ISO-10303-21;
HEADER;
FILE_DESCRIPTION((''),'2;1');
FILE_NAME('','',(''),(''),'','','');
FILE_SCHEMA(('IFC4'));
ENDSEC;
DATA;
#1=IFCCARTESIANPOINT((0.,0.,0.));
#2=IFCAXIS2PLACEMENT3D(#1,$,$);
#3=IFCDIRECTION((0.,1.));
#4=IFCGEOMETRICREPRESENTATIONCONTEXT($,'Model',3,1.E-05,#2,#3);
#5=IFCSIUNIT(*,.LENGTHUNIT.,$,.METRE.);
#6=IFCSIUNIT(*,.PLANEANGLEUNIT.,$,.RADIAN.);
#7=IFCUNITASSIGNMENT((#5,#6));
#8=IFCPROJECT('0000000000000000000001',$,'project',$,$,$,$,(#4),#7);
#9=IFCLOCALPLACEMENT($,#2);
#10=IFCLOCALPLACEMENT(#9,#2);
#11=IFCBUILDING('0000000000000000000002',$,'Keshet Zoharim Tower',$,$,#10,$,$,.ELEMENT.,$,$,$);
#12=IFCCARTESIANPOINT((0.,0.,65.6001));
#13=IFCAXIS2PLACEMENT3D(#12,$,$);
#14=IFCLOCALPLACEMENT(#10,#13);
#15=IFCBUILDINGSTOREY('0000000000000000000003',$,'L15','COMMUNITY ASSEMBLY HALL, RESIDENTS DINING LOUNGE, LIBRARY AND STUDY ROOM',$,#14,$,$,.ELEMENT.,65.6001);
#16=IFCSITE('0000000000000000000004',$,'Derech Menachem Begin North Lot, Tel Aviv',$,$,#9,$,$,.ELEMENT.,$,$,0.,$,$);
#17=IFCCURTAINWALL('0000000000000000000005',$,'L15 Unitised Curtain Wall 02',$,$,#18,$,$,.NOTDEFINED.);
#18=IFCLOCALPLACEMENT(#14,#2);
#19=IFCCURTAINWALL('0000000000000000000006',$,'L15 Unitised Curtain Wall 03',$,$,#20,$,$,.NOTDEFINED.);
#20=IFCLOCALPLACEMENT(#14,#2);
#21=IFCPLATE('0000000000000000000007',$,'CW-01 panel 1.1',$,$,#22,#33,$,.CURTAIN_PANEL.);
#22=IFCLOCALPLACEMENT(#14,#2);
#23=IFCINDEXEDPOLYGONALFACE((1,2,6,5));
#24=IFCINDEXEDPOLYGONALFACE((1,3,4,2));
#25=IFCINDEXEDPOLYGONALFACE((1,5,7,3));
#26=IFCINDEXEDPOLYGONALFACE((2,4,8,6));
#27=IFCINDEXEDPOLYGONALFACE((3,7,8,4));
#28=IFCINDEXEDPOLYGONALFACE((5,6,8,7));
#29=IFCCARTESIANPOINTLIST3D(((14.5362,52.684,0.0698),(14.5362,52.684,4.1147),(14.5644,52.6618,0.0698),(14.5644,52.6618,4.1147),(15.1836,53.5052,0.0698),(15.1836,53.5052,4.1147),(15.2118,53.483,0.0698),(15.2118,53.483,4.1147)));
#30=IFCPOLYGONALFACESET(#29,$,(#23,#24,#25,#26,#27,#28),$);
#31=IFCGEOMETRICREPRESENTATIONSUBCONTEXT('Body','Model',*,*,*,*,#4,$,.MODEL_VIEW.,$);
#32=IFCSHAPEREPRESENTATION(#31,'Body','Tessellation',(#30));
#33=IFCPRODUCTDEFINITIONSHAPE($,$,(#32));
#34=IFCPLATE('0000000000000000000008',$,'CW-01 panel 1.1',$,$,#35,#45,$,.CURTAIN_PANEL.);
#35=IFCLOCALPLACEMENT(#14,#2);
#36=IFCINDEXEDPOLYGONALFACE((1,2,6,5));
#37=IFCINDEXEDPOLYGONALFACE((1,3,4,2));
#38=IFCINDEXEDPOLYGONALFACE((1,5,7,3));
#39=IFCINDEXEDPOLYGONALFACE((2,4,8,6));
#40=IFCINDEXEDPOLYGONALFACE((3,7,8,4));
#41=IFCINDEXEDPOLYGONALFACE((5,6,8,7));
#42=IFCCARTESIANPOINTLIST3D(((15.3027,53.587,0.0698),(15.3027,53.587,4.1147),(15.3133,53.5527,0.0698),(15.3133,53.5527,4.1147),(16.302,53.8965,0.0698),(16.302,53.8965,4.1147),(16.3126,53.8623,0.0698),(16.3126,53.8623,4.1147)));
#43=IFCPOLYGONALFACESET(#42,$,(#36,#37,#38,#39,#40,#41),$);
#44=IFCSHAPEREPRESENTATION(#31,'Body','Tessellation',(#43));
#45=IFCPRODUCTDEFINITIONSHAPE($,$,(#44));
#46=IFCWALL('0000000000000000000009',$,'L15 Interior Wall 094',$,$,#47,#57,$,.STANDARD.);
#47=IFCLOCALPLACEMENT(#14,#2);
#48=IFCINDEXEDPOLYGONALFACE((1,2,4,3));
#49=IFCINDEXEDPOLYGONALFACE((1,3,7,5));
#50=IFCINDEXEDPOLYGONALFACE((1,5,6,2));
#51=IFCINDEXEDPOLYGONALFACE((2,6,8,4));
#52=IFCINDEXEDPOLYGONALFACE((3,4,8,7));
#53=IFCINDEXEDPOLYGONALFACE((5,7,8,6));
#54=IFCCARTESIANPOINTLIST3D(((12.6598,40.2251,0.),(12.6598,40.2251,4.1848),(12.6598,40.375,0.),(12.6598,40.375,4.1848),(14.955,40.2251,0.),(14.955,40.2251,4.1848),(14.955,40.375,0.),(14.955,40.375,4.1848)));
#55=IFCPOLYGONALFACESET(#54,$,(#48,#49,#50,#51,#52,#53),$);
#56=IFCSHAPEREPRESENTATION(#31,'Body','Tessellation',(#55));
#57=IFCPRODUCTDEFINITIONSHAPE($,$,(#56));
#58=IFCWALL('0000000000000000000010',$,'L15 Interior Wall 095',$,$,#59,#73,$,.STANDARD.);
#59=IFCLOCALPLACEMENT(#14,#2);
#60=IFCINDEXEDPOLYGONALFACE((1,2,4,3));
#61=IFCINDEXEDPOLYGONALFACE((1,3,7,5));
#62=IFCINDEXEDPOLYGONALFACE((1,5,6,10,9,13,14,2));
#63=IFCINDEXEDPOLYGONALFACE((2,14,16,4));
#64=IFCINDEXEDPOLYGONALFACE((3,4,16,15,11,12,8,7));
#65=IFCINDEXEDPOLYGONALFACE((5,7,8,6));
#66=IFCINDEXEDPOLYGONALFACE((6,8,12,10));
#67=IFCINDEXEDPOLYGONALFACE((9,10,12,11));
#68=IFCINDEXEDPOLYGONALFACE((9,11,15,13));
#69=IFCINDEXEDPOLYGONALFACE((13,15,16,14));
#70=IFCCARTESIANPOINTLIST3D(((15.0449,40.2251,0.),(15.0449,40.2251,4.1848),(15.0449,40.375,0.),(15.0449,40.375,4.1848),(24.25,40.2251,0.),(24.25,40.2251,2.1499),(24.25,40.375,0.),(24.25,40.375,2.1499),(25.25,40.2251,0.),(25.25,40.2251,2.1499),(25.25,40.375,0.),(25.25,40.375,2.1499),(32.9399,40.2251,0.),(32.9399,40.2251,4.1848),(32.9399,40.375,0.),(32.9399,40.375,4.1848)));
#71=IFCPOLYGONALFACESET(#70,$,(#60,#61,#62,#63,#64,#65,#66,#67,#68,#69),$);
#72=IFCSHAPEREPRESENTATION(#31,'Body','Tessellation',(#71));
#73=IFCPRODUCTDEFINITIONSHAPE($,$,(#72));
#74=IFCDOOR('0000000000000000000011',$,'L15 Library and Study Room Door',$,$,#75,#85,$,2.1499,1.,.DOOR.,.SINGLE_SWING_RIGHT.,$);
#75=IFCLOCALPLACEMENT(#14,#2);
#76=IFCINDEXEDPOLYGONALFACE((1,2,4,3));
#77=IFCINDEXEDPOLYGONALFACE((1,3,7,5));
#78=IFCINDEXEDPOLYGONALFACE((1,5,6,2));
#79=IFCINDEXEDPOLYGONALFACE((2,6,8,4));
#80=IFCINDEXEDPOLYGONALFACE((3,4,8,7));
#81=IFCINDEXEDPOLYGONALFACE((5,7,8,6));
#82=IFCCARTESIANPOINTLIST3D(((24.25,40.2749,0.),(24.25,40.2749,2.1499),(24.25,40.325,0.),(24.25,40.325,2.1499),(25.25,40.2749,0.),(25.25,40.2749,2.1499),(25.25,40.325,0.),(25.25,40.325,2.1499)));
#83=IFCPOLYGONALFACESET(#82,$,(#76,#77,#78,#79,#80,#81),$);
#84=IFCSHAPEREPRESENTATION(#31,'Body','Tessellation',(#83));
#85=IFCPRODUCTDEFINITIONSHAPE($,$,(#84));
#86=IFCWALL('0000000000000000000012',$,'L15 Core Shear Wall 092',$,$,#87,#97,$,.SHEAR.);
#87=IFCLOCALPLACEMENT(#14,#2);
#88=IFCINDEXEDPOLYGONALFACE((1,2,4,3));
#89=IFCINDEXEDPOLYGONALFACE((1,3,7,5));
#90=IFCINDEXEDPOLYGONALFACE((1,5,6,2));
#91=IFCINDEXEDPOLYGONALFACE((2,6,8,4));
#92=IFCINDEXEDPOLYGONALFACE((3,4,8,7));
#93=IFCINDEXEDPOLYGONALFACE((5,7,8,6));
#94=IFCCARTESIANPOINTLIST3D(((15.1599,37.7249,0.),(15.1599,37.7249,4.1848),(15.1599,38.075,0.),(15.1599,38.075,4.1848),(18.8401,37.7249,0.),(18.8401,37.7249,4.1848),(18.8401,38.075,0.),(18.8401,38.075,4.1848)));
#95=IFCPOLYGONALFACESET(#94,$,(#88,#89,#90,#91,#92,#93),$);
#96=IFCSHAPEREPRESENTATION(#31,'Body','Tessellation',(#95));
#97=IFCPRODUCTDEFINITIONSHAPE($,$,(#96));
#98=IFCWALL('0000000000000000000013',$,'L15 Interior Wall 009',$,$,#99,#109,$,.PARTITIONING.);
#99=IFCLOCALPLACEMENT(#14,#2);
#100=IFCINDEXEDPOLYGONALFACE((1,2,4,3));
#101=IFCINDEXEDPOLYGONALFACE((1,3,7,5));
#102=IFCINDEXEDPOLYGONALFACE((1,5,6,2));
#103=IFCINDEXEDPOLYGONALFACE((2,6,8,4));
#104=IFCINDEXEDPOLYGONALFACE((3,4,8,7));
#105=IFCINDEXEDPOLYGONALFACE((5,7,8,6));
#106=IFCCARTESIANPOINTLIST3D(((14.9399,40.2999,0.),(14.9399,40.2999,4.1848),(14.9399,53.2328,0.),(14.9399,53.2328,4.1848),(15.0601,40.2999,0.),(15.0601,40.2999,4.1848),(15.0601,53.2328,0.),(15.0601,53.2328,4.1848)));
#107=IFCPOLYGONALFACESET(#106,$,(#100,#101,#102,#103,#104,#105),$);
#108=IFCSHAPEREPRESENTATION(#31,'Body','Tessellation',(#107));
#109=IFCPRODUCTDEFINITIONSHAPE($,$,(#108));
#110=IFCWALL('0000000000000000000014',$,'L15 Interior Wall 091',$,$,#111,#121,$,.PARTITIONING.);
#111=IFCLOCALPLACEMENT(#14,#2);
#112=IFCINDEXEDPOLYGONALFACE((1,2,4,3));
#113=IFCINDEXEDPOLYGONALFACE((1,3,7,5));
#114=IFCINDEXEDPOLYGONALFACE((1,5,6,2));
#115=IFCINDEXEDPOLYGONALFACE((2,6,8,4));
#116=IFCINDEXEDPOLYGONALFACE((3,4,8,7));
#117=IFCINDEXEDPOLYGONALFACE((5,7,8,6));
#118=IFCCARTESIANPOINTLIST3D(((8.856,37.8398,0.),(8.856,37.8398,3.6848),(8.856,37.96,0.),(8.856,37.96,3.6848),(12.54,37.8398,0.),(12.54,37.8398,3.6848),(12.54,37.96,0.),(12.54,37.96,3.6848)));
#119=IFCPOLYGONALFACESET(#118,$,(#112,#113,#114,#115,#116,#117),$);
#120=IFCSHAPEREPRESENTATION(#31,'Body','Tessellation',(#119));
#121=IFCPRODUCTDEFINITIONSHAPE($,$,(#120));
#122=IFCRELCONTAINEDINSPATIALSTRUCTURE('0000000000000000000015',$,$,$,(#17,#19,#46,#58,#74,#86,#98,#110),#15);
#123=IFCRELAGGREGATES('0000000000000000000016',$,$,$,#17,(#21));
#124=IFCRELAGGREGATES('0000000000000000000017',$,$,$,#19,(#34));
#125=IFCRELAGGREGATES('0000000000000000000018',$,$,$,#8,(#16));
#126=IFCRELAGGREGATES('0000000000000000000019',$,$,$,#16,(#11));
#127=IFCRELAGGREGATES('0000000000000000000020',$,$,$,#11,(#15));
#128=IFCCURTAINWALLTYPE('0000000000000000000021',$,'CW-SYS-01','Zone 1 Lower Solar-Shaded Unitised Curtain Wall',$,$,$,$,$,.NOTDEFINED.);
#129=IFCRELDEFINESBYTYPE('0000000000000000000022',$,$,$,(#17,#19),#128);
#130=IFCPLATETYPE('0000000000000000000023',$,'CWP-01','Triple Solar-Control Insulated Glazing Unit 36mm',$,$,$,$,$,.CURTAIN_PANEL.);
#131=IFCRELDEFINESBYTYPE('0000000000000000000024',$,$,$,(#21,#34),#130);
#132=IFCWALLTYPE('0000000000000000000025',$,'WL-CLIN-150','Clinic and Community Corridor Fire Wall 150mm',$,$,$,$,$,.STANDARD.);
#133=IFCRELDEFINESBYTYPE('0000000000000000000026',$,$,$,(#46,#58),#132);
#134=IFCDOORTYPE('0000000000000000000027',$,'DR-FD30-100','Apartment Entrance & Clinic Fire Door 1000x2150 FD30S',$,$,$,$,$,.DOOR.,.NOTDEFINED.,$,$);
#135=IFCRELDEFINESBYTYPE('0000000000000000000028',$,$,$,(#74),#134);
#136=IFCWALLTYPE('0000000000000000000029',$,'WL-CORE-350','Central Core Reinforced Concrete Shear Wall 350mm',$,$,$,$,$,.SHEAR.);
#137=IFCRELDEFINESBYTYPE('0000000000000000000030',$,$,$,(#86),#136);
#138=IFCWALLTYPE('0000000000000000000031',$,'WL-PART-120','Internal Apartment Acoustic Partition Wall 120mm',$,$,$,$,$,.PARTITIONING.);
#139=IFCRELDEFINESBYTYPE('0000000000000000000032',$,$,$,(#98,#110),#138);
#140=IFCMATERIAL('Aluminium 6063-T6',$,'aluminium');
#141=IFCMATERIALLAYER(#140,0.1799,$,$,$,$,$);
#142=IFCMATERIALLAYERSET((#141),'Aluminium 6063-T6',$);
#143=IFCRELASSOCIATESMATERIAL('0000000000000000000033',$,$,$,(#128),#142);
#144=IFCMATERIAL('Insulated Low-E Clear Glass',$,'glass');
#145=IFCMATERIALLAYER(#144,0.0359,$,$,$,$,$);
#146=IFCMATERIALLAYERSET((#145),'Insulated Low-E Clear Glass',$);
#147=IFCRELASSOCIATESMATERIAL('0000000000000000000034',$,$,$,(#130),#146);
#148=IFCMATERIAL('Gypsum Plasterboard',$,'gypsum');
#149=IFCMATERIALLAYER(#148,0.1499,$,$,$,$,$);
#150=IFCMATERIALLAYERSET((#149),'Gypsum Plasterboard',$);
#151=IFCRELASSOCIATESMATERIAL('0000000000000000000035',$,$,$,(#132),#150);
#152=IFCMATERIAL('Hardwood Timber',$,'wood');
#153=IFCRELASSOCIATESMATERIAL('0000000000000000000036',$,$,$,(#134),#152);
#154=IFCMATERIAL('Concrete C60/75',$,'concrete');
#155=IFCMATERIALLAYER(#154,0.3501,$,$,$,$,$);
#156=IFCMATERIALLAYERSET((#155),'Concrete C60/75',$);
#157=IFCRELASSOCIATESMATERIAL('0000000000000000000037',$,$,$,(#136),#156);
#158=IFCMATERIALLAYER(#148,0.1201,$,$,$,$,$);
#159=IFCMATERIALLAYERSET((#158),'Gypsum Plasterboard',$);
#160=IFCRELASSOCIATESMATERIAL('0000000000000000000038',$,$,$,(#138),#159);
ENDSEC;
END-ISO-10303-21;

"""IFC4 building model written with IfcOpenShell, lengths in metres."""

from ifc_helpers import new_model, si_unit, direction, frame, frame_2d, origin, origin_2d, place, context, subcontext, project, spatial, rectangle, extrude, material, layer, layer_set, type_object, element, fill, aggregate, save


model = new_model("IFC4")

# Units and contexts
model_context = context("Model", 3, precision=1e-05, world=origin(), true_north=direction((0.0, 1.0)))
body_context = subcontext(model_context, "Body", "Model", "MODEL_VIEW")
ifc_project = project(units=[si_unit("LENGTHUNIT", "METRE"), si_unit("PLANEANGLEUNIT", "RADIAN")], contexts=[model_context])

# Site, building, storey
site_placement = place(None, origin())
site = spatial("IfcSite", under=ifc_project, at=site_placement, Name="Derech Menachem Begin North Lot, Tel Aviv", CompositionType="ELEMENT", RefElevation=0.0)
building_placement = place(site_placement, origin())
building = spatial("IfcBuilding", under=site, at=building_placement, Name="Keshet Zoharim Tower", CompositionType="ELEMENT")
storey_placement = place(building_placement, frame((0.0, 0.0, 65.6001)))
storey = spatial("IfcBuildingStorey", under=building, at=storey_placement, Name="L15", Description="COMMUNITY ASSEMBLY HALL, RESIDENTS DINING LOUNGE, LIBRARY AND STUDY ROOM", CompositionType="ELEMENT", Elevation=65.6001)

# Curtain walls
ifc_material_1 = material(Name="Aluminium 6063-T6", Category="aluminium")
ifc_layer_1 = layer(ifc_material_1, 0.1799)
ifc_layer_set_1 = layer_set([ifc_layer_1], Name="Aluminium 6063-T6")
curtain_wall_type_1 = type_object("IfcCurtainWallType", Name="CW-SYS-01", Description="Zone 1 Lower Solar-Shaded Unitised Curtain Wall", PredefinedType="NOTDEFINED", material=ifc_layer_set_1)
curtain_wall_1_placement = place(storey_placement, origin())
curtain_wall_1 = element("IfcCurtainWall", 1, at=curtain_wall_1_placement, inside=storey, type_object=curtain_wall_type_1, Name="L15 Unitised Curtain Wall 02", PredefinedType="NOTDEFINED")
curtain_wall_2_placement = place(storey_placement, origin())
curtain_wall_2 = element("IfcCurtainWall", 2, at=curtain_wall_2_placement, inside=storey, type_object=curtain_wall_type_1, Name="L15 Unitised Curtain Wall 03", PredefinedType="NOTDEFINED")

# Plates
ifc_material_2 = material(Name="Insulated Low-E Clear Glass", Category="glass")
ifc_layer_2 = layer(ifc_material_2, 0.0359)
ifc_layer_set_2 = layer_set([ifc_layer_2], Name="Insulated Low-E Clear Glass")
plate_type = type_object("IfcPlateType", Name="CWP-01", Description="Triple Solar-Control Insulated Glazing Unit 36mm", PredefinedType="CURTAIN_PANEL", material=ifc_layer_set_2)
plate_1_placement = place(storey_placement, frame((14.874, 53.0835, 0.0698), z_axis=(0.0, 0.0, 1.0), x_axis=(0.619125, 0.785293, 0.0)))
plate_1 = element("IfcPlate", 3, at=plate_1_placement, type_object=plate_type, Name="CW-01 panel 1.1", PredefinedType="CURTAIN_PANEL", context=body_context, shape_type="SweptSolid", body=[
    extrude(rectangle(XDim=1.0457, YDim=0.0359, at=origin_2d()), origin(), (0.0, 0.0, 1.0), 4.0449),
])
aggregate(curtain_wall_1, [plate_1])
plate_2_placement = place(storey_placement, frame((15.8076, 53.7246, 0.0698), z_axis=(0.0, 0.0, 1.0), x_axis=(0.955212, 0.295922, 0.0)))
plate_2 = element("IfcPlate", 4, at=plate_2_placement, type_object=plate_type, Name="CW-01 panel 1.1", PredefinedType="CURTAIN_PANEL", context=body_context, shape_type="SweptSolid", body=[
    extrude(rectangle(XDim=1.0461, YDim=0.0359, at=origin_2d()), origin(), (0.0, 0.0, 1.0), 4.0449),
])
aggregate(curtain_wall_2, [plate_2])

# Shared definitions
ifc_material_3 = material(Name="Gypsum Plasterboard", Category="gypsum")
ifc_layer_3 = layer(ifc_material_3, 0.1499)
ifc_layer_set_3 = layer_set([ifc_layer_3], Name="Gypsum Plasterboard")
wall_type_1 = type_object("IfcWallType", Name="WL-CLIN-150", Description="Clinic and Community Corridor Fire Wall 150mm", PredefinedType="STANDARD", material=ifc_layer_set_3)
ifc_material_4 = material(Name="Hardwood Timber", Category="wood")
door_type = type_object("IfcDoorType", Name="DR-FD30-100", Description="Apartment Entrance & Clinic Fire Door 1000x2150 FD30S", OperationType="NOTDEFINED", PredefinedType="DOOR", material=ifc_material_4)

# Wall
wall_1_placement = place(storey_placement, frame((12.6599, 40.3, 0.0), z_axis=(0.0, 0.0, 1.0), x_axis=(1.0, 0.0, 0.0)))
element("IfcWall", 5, at=wall_1_placement, inside=storey, type_object=wall_type_1, Name="L15 Interior Wall 094", PredefinedType="STANDARD", context=body_context, shape_type="SweptSolid", body=[
    extrude(rectangle(XDim=2.2952, YDim=0.1499, at=frame_2d((1.1475, 0.0))), origin(), (0.0, 0.0, 1.0), 4.1848),
])

# Wall, opening, door
wall_2_placement = place(storey_placement, frame((15.0449, 40.3, 0.0), z_axis=(0.0, 0.0, 1.0), x_axis=(1.0, 0.0, 0.0)))
wall_2 = element("IfcWall", 6, at=wall_2_placement, inside=storey, type_object=wall_type_1, Name="L15 Interior Wall 095", PredefinedType="STANDARD", context=body_context, shape_type="SweptSolid", body=[
    extrude(rectangle(XDim=17.895, YDim=0.1499, at=frame_2d((8.9475, 0.0))), origin(), (0.0, 0.0, 1.0), 4.1848),
])
opening_1_placement = place(wall_2_placement, frame((9.2051, 0.0, 0.0)))
opening_1 = element("IfcOpeningElement", 7, at=opening_1_placement, cuts=wall_2, PredefinedType="OPENING", context=body_context, shape_type="SweptSolid", body=[
    extrude(rectangle(XDim=1.0, YDim=2.1499, at=frame_2d((0.5, 1.075))), frame((0.0, 0.085, 0.0), z_axis=(0.0, -1.0, 0.0), x_axis=(1.0, 0.0, 0.0)), (0.0, 0.0, 1.0), 0.1699),
])
door_1_placement = place(opening_1_placement, origin())
door_1 = element("IfcDoor", 8, at=door_1_placement, inside=storey, type_object=door_type, Name="L15 Library and Study Room Door", OperationType="SINGLE_SWING_RIGHT", OverallHeight=2.1499, OverallWidth=1.0, PredefinedType="DOOR", context=body_context, shape_type="SweptSolid", body=[
    extrude(rectangle(XDim=1.0, YDim=2.1499, at=frame_2d((0.5, 1.075))), frame((0.0, 0.0249, 0.0), z_axis=(0.0, -1.0, 0.0), x_axis=(1.0, 0.0, 0.0)), (0.0, 0.0, 1.0), 0.05),
])
fill(opening_1, door_1)

# Walls
ifc_material_5 = material(Name="Concrete C60/75", Category="concrete")
ifc_layer_4 = layer(ifc_material_5, 0.3501)
ifc_layer_set_4 = layer_set([ifc_layer_4], Name="Concrete C60/75")
wall_type_2 = type_object("IfcWallType", Name="WL-CORE-350", Description="Central Core Reinforced Concrete Shear Wall 350mm", PredefinedType="SHEAR", material=ifc_layer_set_4)
wall_3_placement = place(storey_placement, frame((15.1599, 37.8999, 0.0), z_axis=(0.0, 0.0, 1.0), x_axis=(1.0, 0.0, 0.0)))
element("IfcWall", 9, at=wall_3_placement, inside=storey, type_object=wall_type_2, Name="L15 Core Shear Wall 092", PredefinedType="SHEAR", context=body_context, shape_type="SweptSolid", body=[
    extrude(rectangle(XDim=3.6802, YDim=0.3501, at=frame_2d((1.8401, 0.0))), origin(), (0.0, 0.0, 1.0), 4.1848),
])
ifc_layer_5 = layer(ifc_material_3, 0.1201)
ifc_layer_set_5 = layer_set([ifc_layer_5], Name="Gypsum Plasterboard")
wall_type_3 = type_object("IfcWallType", Name="WL-PART-120", Description="Internal Apartment Acoustic Partition Wall 120mm", PredefinedType="PARTITIONING", material=ifc_layer_set_5)
wall_4_placement = place(storey_placement, frame((15.0, 40.3, 0.0), z_axis=(0.0, 0.0, 1.0), x_axis=(0.0, 1.0, 0.0)))
element("IfcWall", 10, at=wall_4_placement, inside=storey, type_object=wall_type_3, Name="L15 Interior Wall 009", PredefinedType="PARTITIONING", context=body_context, shape_type="SweptSolid", body=[
    extrude(rectangle(XDim=12.9329, YDim=0.1201, at=frame_2d((6.4663, 0.0))), origin(), (0.0, 0.0, 1.0), 4.1848),
])
wall_5_placement = place(storey_placement, frame((8.856, 37.8999, 0.0), z_axis=(0.0, 0.0, 1.0), x_axis=(1.0, 0.0, 0.0)))
element("IfcWall", 11, at=wall_5_placement, inside=storey, type_object=wall_type_3, Name="L15 Interior Wall 091", PredefinedType="PARTITIONING", context=body_context, shape_type="SweptSolid", body=[
    extrude(rectangle(XDim=3.6841, YDim=0.1201, at=frame_2d((1.842, 0.0))), origin(), (0.0, 0.0, 1.0), 3.6848),
])

save(model, "model.ifc")
